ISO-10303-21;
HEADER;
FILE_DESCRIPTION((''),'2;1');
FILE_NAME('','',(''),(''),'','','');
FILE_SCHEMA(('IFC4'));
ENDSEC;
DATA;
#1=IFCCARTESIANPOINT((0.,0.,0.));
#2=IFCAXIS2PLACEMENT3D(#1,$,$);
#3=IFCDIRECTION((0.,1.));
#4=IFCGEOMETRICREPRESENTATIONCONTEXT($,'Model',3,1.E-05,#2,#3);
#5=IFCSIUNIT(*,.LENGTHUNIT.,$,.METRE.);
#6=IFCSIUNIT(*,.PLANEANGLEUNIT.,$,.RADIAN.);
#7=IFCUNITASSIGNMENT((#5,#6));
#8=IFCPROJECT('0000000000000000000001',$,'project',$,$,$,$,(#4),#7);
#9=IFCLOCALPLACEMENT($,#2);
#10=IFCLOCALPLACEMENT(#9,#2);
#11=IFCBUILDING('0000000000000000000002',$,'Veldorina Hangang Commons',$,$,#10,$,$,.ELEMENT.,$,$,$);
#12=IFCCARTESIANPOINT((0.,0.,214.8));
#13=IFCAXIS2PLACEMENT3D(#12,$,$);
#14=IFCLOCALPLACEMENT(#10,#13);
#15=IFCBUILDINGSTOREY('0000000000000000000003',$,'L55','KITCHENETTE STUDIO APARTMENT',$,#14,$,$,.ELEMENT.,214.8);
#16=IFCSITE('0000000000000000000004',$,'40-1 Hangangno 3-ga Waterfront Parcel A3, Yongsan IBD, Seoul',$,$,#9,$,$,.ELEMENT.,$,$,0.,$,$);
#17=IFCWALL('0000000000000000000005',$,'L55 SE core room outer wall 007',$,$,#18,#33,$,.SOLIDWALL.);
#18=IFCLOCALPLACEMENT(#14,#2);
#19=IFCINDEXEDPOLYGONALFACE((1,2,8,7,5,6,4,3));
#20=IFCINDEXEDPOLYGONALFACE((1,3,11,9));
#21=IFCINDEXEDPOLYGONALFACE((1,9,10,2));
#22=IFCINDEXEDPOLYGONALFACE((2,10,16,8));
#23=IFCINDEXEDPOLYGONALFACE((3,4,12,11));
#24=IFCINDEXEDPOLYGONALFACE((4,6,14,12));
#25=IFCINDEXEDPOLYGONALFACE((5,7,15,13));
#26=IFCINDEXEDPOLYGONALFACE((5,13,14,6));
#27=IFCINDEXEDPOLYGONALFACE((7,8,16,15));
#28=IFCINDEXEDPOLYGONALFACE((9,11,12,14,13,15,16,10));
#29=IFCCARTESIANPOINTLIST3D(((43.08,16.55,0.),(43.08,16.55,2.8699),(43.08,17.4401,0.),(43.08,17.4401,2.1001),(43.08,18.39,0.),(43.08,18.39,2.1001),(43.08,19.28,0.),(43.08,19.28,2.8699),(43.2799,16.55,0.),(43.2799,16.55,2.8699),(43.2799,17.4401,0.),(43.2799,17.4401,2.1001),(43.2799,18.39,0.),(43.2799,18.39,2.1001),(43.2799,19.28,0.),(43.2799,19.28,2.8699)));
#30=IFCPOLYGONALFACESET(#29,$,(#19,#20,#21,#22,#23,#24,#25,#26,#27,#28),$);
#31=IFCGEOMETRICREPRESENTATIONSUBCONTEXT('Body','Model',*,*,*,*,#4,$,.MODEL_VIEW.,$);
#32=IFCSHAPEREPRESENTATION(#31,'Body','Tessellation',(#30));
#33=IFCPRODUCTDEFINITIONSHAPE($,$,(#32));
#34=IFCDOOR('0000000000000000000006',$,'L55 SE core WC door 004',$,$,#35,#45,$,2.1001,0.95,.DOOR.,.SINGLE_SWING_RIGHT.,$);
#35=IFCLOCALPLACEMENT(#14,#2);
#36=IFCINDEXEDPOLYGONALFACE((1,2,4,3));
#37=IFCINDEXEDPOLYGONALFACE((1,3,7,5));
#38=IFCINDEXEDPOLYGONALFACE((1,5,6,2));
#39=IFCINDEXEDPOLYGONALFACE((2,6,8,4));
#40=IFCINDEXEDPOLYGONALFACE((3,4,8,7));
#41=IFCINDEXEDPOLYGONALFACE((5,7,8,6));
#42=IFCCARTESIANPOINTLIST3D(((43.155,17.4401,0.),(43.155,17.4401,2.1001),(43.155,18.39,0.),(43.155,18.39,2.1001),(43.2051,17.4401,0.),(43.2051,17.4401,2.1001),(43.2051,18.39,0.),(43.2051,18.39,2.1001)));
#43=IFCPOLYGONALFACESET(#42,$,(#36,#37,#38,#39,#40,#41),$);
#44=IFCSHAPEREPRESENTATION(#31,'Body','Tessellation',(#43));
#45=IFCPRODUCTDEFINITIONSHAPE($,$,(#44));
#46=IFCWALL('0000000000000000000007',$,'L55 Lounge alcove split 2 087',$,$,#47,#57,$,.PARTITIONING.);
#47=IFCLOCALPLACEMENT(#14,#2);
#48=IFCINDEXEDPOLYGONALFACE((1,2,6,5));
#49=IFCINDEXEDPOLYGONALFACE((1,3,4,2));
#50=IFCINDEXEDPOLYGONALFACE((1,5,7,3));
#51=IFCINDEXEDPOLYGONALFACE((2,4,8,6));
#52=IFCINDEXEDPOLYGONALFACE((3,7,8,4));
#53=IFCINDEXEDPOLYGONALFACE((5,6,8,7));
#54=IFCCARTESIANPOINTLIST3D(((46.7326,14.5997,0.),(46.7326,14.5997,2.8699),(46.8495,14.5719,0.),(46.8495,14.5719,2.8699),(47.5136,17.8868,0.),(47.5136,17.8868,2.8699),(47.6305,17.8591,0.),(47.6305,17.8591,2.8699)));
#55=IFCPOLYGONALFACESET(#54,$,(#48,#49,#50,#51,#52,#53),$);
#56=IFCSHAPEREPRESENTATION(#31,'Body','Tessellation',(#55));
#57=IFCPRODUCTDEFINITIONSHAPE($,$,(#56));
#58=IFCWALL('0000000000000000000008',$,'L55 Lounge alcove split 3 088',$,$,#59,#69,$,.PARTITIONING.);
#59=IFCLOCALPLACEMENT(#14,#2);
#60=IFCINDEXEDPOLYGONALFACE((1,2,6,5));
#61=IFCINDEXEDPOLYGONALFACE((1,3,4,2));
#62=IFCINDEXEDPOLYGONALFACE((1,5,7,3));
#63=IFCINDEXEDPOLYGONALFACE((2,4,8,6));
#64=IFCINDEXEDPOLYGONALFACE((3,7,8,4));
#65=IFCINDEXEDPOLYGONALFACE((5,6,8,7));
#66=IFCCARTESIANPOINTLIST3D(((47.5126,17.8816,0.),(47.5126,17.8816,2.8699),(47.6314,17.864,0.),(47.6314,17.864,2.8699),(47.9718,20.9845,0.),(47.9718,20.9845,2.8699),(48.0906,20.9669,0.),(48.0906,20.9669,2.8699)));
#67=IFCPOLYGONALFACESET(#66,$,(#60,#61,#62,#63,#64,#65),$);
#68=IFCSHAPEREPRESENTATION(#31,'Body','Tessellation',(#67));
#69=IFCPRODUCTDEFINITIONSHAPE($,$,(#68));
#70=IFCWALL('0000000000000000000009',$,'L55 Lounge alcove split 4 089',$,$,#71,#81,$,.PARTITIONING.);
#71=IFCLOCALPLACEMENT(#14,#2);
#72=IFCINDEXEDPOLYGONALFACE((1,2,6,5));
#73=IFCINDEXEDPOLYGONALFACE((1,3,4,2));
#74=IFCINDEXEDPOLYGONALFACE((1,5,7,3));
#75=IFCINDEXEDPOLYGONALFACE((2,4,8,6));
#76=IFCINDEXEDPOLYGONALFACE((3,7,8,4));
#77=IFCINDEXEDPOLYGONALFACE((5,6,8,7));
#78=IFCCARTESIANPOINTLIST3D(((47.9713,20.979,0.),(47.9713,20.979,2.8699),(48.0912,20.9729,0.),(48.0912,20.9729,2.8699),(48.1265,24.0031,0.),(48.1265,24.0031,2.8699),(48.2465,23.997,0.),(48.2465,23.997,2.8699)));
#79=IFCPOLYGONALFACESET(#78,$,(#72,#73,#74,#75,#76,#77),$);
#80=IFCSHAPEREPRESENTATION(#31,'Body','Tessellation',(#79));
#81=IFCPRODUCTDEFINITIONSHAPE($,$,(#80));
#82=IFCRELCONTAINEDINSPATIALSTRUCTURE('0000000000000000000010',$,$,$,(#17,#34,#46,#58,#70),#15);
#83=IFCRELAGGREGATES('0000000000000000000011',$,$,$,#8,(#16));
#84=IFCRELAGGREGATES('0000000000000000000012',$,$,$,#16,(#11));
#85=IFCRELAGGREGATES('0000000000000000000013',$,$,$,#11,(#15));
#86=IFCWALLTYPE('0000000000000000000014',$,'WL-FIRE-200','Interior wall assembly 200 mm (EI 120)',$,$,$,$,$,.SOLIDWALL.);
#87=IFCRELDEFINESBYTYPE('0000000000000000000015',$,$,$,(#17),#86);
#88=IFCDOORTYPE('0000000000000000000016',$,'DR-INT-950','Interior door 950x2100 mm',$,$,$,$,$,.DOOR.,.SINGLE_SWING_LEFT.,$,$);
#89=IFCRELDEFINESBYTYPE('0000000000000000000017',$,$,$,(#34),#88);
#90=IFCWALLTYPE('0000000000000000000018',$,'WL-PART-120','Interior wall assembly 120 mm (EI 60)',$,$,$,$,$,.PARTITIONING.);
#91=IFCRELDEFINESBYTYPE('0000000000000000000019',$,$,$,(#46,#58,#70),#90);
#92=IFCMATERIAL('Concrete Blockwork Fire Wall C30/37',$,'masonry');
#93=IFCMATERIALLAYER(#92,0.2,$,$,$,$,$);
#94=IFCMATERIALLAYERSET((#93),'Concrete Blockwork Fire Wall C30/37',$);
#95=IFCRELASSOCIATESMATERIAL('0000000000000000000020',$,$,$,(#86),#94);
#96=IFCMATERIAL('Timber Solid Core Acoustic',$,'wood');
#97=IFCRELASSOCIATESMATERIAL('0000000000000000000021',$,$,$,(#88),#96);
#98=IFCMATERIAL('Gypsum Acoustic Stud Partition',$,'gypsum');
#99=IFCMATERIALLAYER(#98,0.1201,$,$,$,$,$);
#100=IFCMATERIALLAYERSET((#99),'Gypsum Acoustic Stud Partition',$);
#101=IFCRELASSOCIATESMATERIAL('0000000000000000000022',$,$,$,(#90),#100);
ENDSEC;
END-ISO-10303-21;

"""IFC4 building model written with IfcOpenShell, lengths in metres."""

from ifc_helpers import new_model, si_unit, direction, frame, frame_2d, origin, place, context, subcontext, project, spatial, rectangle, extrude, material, layer, layer_set, type_object, element, fill, save


model = new_model("IFC4")

# Units and contexts
model_context = context("Model", 3, precision=1e-05, world=origin(), true_north=direction((0.0, 1.0)))
body_context = subcontext(model_context, "Body", "Model", "MODEL_VIEW")
ifc_project = project(units=[si_unit("LENGTHUNIT", "METRE"), si_unit("PLANEANGLEUNIT", "RADIAN")], contexts=[model_context])

# Site, building, storey
site_placement = place(None, origin())
site = spatial("IfcSite", under=ifc_project, at=site_placement, Name="40-1 Hangangno 3-ga Waterfront Parcel A3, Yongsan IBD, Seoul", CompositionType="ELEMENT", RefElevation=0.0)
building_placement = place(site_placement, origin())
building = spatial("IfcBuilding", under=site, at=building_placement, Name="Veldorina Hangang Commons", CompositionType="ELEMENT")
storey_placement = place(building_placement, frame((0.0, 0.0, 214.8)))
storey = spatial("IfcBuildingStorey", under=building, at=storey_placement, Name="L55", Description="KITCHENETTE STUDIO APARTMENT", CompositionType="ELEMENT", Elevation=214.8)

# Shared definitions
ifc_material_1 = material(Name="Timber Solid Core Acoustic", Category="wood")

# Wall, opening, door
ifc_material_2 = material(Name="Concrete Blockwork Fire Wall C30/37", Category="masonry")
ifc_layer_1 = layer(ifc_material_2, 0.2)
ifc_layer_set_1 = layer_set([ifc_layer_1], Name="Concrete Blockwork Fire Wall C30/37")
wall_type_1 = type_object("IfcWallType", Name="WL-FIRE-200", Description="Interior wall assembly 200 mm (EI 120)", PredefinedType="SOLIDWALL", material=ifc_layer_set_1)
wall_1_placement = place(storey_placement, frame((43.1799, 16.55, 0.0), z_axis=(0.0, 0.0, 1.0), x_axis=(0.0, 1.0, 0.0)))
wall_1 = element("IfcWall", 1, at=wall_1_placement, inside=storey, type_object=wall_type_1, Name="L55 SE core room outer wall 007", PredefinedType="SOLIDWALL", context=body_context, shape_type="SweptSolid", body=[
    extrude(rectangle(XDim=2.73, YDim=0.2, at=frame_2d((1.365, 0.0))), origin(), (0.0, 0.0, 1.0), 2.8699),
])
opening_1_placement = place(wall_1_placement, frame((0.8899, 0.0, 0.0)))
opening_1 = element("IfcOpeningElement", 2, at=opening_1_placement, cuts=wall_1, PredefinedType="OPENING", context=body_context, shape_type="SweptSolid", body=[
    extrude(rectangle(XDim=0.95, YDim=2.1001, at=frame_2d((0.4751, 1.05))), frame((0.0, 0.1099, 0.0), z_axis=(0.0, -1.0, 0.0), x_axis=(1.0, 0.0, 0.0)), (0.0, 0.0, 1.0), 0.22),
])
door_type_1 = type_object("IfcDoorType", Name="DR-INT-950", Description="Interior door 950x2100 mm", OperationType="SINGLE_SWING_LEFT", PredefinedType="DOOR", material=ifc_material_1)
door_1_placement = place(opening_1_placement, origin())
door_1 = element("IfcDoor", 3, at=door_1_placement, inside=storey, type_object=door_type_1, Name="L55 SE core WC door 004", OperationType="SINGLE_SWING_RIGHT", OverallHeight=2.1001, OverallWidth=0.95, PredefinedType="DOOR", context=body_context, shape_type="SweptSolid", body=[
    extrude(rectangle(XDim=0.95, YDim=2.1001, at=frame_2d((0.4751, 1.05))), frame((0.0, 0.0249, 0.0), z_axis=(0.0, -1.0, 0.0), x_axis=(1.0, 0.0, 0.0)), (0.0, 0.0, 1.0), 0.05),
])
fill(opening_1, door_1)

# Walls
ifc_material_3 = material(Name="Gypsum Acoustic Stud Partition", Category="gypsum")
ifc_layer_2 = layer(ifc_material_3, 0.1201)
ifc_layer_set_2 = layer_set([ifc_layer_2], Name="Gypsum Acoustic Stud Partition")
wall_type_2 = type_object("IfcWallType", Name="WL-PART-120", Description="Interior wall assembly 120 mm (EI 60)", PredefinedType="PARTITIONING", material=ifc_layer_set_2)
wall_2_placement = place(storey_placement, frame((46.791, 14.5857, 0.0), z_axis=(0.0, 0.0, 1.0), x_axis=(0.231161, 0.972915, 0.0)))
element("IfcWall", 4, at=wall_2_placement, inside=storey, type_object=wall_type_2, Name="L55 Lounge alcove split 2 087", PredefinedType="PARTITIONING", context=body_context, shape_type="SweptSolid", body=[
    extrude(rectangle(XDim=3.3787, YDim=0.1201, at=frame_2d((1.6895, 0.0))), origin(), (0.0, 0.0, 1.0), 2.8699),
])
wall_3_placement = place(storey_placement, frame((47.572, 17.8728, 0.0), z_axis=(0.0, 0.0, 1.0), x_axis=(0.146399, 0.989226, 0.0)))
element("IfcWall", 5, at=wall_3_placement, inside=storey, type_object=wall_type_2, Name="L55 Lounge alcove split 3 088", PredefinedType="PARTITIONING", context=body_context, shape_type="SweptSolid", body=[
    extrude(rectangle(XDim=3.1367, YDim=0.1201, at=frame_2d((1.5684, 0.0))), origin(), (0.0, 0.0, 1.0), 2.8699),
])
wall_4_placement = place(storey_placement, frame((48.0312, 20.9758, 0.0), z_axis=(0.0, 0.0, 1.0), x_axis=(0.051277, 0.998684, 0.0)))
element("IfcWall", 6, at=wall_4_placement, inside=storey, type_object=wall_type_2, Name="L55 Lounge alcove split 4 089", PredefinedType="PARTITIONING", context=body_context, shape_type="SweptSolid", body=[
    extrude(rectangle(XDim=3.0281, YDim=0.1201, at=frame_2d((1.5142, 0.0))), origin(), (0.0, 0.0, 1.0), 2.8699),
])

save(model, "model.ifc")
